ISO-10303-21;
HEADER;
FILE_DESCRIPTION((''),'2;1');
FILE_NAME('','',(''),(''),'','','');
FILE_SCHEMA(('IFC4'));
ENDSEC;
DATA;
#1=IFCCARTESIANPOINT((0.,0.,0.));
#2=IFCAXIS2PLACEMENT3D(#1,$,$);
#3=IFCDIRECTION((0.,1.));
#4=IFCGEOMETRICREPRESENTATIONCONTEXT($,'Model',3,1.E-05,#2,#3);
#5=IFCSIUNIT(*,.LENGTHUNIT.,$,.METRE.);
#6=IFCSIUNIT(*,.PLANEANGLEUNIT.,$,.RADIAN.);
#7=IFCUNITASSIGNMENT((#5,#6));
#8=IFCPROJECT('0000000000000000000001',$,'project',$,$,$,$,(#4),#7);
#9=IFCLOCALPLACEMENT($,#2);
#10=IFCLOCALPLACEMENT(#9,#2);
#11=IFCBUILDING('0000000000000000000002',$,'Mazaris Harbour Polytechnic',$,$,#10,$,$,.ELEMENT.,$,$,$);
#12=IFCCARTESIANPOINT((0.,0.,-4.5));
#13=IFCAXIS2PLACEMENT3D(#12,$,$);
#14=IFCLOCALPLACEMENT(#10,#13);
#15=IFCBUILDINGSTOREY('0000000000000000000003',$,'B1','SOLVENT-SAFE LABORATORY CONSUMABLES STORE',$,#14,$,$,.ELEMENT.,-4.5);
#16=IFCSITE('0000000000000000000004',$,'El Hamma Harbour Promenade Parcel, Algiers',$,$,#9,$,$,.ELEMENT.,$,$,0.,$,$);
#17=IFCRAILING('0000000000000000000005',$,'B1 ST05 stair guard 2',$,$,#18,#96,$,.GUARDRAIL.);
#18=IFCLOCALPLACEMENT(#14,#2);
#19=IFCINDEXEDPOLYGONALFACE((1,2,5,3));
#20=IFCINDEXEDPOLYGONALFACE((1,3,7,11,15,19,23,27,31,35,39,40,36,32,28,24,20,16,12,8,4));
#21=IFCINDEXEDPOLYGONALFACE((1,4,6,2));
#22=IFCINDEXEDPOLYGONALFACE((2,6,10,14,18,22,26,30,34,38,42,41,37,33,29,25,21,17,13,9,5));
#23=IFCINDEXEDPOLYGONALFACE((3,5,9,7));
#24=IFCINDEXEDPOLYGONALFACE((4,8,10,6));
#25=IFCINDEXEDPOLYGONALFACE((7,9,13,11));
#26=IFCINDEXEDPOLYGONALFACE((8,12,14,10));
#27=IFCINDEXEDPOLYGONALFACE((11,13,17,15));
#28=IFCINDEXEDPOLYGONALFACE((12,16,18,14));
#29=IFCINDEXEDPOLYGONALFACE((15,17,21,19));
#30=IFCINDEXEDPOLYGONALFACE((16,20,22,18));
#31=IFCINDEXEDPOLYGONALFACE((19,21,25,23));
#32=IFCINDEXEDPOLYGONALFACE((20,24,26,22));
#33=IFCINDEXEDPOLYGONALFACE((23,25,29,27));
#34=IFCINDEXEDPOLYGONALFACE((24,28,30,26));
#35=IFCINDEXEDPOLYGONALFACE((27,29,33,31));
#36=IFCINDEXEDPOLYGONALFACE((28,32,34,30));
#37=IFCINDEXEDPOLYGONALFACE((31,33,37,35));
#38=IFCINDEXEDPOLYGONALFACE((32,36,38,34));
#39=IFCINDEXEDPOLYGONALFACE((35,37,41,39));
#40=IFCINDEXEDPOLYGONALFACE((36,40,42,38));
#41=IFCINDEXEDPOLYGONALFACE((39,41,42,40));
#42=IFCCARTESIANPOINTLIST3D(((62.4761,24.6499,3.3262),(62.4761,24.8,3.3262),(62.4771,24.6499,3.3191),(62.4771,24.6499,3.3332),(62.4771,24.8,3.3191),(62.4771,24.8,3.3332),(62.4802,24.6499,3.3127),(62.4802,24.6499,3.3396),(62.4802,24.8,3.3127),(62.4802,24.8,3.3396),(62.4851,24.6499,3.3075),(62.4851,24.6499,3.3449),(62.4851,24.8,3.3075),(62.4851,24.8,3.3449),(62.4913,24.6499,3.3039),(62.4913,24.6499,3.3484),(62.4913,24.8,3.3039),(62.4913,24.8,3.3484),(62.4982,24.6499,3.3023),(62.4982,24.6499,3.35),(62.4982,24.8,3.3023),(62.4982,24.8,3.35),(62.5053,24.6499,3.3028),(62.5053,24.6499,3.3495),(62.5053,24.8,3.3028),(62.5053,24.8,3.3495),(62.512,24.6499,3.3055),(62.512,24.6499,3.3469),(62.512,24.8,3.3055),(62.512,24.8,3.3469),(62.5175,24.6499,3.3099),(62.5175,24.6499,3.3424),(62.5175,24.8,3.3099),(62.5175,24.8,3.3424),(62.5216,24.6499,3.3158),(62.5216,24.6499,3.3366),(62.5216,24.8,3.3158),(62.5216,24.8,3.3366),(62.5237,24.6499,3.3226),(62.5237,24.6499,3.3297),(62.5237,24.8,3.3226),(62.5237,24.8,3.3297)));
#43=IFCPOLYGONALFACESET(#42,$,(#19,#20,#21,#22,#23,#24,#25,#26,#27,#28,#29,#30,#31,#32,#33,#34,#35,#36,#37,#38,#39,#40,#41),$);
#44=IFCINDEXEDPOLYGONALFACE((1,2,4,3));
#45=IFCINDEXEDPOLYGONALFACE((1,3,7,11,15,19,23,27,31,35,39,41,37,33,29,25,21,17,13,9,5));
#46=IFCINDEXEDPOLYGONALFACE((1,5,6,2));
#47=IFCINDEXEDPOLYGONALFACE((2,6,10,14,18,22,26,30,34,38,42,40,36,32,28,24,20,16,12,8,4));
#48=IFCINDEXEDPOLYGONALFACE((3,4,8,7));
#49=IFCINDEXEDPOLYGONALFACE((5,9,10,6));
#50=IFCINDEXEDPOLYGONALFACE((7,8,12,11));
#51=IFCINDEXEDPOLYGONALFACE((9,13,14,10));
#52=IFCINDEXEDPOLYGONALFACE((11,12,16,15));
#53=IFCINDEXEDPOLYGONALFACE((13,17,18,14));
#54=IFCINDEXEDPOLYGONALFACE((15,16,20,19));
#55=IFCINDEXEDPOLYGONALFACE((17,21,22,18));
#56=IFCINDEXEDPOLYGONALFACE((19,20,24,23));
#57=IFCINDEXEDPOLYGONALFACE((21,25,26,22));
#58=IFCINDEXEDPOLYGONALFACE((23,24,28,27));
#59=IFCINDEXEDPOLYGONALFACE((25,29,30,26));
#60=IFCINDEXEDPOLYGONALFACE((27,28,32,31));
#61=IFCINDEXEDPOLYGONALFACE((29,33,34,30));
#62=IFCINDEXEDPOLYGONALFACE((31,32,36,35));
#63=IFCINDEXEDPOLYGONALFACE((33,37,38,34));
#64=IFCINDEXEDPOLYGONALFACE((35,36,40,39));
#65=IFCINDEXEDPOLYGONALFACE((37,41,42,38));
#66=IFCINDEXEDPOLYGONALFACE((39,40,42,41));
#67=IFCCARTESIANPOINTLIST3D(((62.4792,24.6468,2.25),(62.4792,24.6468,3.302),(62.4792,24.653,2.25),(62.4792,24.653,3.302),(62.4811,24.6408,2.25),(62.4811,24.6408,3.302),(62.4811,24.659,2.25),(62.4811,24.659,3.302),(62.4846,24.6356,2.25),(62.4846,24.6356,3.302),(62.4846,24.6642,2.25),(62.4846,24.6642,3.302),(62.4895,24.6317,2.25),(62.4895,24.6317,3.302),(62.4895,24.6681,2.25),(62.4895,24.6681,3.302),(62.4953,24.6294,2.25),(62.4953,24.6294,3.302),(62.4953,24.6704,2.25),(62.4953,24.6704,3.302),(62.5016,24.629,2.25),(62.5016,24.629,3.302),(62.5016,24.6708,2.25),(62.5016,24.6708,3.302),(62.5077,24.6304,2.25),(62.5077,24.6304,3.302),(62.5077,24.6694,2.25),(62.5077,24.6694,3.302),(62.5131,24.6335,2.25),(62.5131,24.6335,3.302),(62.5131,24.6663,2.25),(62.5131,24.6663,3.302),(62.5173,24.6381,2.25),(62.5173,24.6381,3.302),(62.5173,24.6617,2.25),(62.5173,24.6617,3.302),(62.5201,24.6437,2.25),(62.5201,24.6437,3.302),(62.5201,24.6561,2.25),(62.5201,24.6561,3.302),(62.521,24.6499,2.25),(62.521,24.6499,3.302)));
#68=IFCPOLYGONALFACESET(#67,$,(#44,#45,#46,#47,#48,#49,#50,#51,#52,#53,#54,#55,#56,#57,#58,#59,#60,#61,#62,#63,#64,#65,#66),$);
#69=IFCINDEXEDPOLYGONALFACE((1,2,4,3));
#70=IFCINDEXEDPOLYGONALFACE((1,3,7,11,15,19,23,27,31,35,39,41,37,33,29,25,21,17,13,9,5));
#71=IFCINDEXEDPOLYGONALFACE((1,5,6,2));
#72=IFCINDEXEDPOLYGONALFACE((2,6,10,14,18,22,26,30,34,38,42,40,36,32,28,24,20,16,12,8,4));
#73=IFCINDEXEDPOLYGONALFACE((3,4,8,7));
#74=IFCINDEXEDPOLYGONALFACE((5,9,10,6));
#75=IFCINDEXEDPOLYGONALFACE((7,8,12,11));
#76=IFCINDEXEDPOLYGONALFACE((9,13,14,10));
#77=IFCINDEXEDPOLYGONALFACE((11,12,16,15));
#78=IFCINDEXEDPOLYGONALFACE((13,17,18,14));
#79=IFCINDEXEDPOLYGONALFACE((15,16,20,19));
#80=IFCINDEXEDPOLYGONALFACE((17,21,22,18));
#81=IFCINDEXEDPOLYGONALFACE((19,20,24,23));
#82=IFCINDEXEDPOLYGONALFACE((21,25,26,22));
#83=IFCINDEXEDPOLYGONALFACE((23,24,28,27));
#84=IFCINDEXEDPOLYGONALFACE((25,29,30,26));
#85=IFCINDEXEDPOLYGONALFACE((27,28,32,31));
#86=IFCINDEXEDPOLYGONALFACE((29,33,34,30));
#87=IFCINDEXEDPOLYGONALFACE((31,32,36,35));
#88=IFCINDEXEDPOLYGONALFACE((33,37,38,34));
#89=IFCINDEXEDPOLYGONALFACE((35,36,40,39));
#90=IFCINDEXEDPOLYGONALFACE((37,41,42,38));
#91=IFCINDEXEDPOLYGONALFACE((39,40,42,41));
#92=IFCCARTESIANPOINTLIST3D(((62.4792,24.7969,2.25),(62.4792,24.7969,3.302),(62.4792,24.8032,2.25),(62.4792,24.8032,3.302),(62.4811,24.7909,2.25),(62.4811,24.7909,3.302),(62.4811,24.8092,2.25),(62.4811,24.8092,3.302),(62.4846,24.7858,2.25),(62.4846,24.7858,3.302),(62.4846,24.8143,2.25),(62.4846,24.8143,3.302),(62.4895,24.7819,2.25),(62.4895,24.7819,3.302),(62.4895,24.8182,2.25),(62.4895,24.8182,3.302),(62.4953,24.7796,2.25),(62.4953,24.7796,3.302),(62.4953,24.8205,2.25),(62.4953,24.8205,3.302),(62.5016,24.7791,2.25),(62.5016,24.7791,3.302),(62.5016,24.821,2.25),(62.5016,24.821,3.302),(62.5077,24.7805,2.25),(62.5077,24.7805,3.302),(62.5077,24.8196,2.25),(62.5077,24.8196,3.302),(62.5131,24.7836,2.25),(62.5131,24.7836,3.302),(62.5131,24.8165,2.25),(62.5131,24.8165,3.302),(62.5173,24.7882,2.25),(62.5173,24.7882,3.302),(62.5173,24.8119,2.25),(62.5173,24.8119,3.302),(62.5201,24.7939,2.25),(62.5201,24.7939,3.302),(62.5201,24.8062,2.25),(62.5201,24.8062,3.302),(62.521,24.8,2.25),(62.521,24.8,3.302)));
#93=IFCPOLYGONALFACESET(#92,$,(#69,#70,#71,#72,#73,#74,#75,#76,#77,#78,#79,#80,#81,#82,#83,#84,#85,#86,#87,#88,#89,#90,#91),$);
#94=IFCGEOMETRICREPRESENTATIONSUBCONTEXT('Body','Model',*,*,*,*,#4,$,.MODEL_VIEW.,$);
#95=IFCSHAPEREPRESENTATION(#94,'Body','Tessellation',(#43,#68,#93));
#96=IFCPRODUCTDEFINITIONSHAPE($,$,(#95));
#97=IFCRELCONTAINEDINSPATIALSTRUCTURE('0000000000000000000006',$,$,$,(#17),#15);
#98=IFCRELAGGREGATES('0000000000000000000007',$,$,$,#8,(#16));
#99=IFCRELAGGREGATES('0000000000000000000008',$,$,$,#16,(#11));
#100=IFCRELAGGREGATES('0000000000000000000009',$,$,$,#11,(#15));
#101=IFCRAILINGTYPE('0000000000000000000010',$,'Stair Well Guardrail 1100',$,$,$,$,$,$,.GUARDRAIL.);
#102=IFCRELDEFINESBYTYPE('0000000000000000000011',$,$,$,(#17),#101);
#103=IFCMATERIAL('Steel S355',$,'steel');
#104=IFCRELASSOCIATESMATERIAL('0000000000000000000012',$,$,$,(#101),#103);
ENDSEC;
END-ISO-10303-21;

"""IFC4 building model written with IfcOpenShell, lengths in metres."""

from ifc_helpers import new_model, si_unit, direction, frame, origin, origin_2d, place, context, subcontext, project, spatial, circle, extrude, material, type_object, element, save


model = new_model("IFC4")

# Units and contexts
model_context = context("Model", 3, precision=1e-05, world=origin(), true_north=direction((0.0, 1.0)))
body_context = subcontext(model_context, "Body", "Model", "MODEL_VIEW")
ifc_project = project(units=[si_unit("LENGTHUNIT", "METRE"), si_unit("PLANEANGLEUNIT", "RADIAN")], contexts=[model_context])

# Site, building, storey
site_placement = place(None, origin())
site = spatial("IfcSite", under=ifc_project, at=site_placement, Name="El Hamma Harbour Promenade Parcel, Algiers", CompositionType="ELEMENT", RefElevation=0.0)
building_placement = place(site_placement, origin())
building = spatial("IfcBuilding", under=site, at=building_placement, Name="Mazaris Harbour Polytechnic", CompositionType="ELEMENT")
storey_placement = place(building_placement, frame((0.0, 0.0, -4.5)))
storey = spatial("IfcBuildingStorey", under=building, at=storey_placement, Name="B1", Description="SOLVENT-SAFE LABORATORY CONSUMABLES STORE", CompositionType="ELEMENT", Elevation=-4.5)

# Railing
ifc_material_1 = material(Name="Steel S355", Category="steel")
railing_type_1 = type_object("IfcRailingType", Name="Stair Well Guardrail 1100", PredefinedType="GUARDRAIL", material=ifc_material_1)
railing_1_placement = place(storey_placement, frame((62.5, 24.6499, 2.25)))
element("IfcRailing", 1, at=railing_1_placement, inside=storey, type_object=railing_type_1, Name="B1 ST05 stair guard 2", PredefinedType="GUARDRAIL", context=body_context, shape_type="SweptSolid", body=[
    extrude(circle(Radius=0.0239, at=origin_2d()), frame((0.0, 0.0, 1.0762), z_axis=(0.0, 1.0, 0.0), x_axis=(-1.0, 0.0, 0.0)), (0.0, 0.0, 1.0), 0.1501),
    extrude(circle(Radius=0.021, at=origin_2d()), origin(), (0.0, 0.0, 1.0), 1.052),
    extrude(circle(Radius=0.021, at=origin_2d()), frame((0.0, 0.1501, 0.0)), (0.0, 0.0, 1.0), 1.052),
])

save(model, "model.ifc")
